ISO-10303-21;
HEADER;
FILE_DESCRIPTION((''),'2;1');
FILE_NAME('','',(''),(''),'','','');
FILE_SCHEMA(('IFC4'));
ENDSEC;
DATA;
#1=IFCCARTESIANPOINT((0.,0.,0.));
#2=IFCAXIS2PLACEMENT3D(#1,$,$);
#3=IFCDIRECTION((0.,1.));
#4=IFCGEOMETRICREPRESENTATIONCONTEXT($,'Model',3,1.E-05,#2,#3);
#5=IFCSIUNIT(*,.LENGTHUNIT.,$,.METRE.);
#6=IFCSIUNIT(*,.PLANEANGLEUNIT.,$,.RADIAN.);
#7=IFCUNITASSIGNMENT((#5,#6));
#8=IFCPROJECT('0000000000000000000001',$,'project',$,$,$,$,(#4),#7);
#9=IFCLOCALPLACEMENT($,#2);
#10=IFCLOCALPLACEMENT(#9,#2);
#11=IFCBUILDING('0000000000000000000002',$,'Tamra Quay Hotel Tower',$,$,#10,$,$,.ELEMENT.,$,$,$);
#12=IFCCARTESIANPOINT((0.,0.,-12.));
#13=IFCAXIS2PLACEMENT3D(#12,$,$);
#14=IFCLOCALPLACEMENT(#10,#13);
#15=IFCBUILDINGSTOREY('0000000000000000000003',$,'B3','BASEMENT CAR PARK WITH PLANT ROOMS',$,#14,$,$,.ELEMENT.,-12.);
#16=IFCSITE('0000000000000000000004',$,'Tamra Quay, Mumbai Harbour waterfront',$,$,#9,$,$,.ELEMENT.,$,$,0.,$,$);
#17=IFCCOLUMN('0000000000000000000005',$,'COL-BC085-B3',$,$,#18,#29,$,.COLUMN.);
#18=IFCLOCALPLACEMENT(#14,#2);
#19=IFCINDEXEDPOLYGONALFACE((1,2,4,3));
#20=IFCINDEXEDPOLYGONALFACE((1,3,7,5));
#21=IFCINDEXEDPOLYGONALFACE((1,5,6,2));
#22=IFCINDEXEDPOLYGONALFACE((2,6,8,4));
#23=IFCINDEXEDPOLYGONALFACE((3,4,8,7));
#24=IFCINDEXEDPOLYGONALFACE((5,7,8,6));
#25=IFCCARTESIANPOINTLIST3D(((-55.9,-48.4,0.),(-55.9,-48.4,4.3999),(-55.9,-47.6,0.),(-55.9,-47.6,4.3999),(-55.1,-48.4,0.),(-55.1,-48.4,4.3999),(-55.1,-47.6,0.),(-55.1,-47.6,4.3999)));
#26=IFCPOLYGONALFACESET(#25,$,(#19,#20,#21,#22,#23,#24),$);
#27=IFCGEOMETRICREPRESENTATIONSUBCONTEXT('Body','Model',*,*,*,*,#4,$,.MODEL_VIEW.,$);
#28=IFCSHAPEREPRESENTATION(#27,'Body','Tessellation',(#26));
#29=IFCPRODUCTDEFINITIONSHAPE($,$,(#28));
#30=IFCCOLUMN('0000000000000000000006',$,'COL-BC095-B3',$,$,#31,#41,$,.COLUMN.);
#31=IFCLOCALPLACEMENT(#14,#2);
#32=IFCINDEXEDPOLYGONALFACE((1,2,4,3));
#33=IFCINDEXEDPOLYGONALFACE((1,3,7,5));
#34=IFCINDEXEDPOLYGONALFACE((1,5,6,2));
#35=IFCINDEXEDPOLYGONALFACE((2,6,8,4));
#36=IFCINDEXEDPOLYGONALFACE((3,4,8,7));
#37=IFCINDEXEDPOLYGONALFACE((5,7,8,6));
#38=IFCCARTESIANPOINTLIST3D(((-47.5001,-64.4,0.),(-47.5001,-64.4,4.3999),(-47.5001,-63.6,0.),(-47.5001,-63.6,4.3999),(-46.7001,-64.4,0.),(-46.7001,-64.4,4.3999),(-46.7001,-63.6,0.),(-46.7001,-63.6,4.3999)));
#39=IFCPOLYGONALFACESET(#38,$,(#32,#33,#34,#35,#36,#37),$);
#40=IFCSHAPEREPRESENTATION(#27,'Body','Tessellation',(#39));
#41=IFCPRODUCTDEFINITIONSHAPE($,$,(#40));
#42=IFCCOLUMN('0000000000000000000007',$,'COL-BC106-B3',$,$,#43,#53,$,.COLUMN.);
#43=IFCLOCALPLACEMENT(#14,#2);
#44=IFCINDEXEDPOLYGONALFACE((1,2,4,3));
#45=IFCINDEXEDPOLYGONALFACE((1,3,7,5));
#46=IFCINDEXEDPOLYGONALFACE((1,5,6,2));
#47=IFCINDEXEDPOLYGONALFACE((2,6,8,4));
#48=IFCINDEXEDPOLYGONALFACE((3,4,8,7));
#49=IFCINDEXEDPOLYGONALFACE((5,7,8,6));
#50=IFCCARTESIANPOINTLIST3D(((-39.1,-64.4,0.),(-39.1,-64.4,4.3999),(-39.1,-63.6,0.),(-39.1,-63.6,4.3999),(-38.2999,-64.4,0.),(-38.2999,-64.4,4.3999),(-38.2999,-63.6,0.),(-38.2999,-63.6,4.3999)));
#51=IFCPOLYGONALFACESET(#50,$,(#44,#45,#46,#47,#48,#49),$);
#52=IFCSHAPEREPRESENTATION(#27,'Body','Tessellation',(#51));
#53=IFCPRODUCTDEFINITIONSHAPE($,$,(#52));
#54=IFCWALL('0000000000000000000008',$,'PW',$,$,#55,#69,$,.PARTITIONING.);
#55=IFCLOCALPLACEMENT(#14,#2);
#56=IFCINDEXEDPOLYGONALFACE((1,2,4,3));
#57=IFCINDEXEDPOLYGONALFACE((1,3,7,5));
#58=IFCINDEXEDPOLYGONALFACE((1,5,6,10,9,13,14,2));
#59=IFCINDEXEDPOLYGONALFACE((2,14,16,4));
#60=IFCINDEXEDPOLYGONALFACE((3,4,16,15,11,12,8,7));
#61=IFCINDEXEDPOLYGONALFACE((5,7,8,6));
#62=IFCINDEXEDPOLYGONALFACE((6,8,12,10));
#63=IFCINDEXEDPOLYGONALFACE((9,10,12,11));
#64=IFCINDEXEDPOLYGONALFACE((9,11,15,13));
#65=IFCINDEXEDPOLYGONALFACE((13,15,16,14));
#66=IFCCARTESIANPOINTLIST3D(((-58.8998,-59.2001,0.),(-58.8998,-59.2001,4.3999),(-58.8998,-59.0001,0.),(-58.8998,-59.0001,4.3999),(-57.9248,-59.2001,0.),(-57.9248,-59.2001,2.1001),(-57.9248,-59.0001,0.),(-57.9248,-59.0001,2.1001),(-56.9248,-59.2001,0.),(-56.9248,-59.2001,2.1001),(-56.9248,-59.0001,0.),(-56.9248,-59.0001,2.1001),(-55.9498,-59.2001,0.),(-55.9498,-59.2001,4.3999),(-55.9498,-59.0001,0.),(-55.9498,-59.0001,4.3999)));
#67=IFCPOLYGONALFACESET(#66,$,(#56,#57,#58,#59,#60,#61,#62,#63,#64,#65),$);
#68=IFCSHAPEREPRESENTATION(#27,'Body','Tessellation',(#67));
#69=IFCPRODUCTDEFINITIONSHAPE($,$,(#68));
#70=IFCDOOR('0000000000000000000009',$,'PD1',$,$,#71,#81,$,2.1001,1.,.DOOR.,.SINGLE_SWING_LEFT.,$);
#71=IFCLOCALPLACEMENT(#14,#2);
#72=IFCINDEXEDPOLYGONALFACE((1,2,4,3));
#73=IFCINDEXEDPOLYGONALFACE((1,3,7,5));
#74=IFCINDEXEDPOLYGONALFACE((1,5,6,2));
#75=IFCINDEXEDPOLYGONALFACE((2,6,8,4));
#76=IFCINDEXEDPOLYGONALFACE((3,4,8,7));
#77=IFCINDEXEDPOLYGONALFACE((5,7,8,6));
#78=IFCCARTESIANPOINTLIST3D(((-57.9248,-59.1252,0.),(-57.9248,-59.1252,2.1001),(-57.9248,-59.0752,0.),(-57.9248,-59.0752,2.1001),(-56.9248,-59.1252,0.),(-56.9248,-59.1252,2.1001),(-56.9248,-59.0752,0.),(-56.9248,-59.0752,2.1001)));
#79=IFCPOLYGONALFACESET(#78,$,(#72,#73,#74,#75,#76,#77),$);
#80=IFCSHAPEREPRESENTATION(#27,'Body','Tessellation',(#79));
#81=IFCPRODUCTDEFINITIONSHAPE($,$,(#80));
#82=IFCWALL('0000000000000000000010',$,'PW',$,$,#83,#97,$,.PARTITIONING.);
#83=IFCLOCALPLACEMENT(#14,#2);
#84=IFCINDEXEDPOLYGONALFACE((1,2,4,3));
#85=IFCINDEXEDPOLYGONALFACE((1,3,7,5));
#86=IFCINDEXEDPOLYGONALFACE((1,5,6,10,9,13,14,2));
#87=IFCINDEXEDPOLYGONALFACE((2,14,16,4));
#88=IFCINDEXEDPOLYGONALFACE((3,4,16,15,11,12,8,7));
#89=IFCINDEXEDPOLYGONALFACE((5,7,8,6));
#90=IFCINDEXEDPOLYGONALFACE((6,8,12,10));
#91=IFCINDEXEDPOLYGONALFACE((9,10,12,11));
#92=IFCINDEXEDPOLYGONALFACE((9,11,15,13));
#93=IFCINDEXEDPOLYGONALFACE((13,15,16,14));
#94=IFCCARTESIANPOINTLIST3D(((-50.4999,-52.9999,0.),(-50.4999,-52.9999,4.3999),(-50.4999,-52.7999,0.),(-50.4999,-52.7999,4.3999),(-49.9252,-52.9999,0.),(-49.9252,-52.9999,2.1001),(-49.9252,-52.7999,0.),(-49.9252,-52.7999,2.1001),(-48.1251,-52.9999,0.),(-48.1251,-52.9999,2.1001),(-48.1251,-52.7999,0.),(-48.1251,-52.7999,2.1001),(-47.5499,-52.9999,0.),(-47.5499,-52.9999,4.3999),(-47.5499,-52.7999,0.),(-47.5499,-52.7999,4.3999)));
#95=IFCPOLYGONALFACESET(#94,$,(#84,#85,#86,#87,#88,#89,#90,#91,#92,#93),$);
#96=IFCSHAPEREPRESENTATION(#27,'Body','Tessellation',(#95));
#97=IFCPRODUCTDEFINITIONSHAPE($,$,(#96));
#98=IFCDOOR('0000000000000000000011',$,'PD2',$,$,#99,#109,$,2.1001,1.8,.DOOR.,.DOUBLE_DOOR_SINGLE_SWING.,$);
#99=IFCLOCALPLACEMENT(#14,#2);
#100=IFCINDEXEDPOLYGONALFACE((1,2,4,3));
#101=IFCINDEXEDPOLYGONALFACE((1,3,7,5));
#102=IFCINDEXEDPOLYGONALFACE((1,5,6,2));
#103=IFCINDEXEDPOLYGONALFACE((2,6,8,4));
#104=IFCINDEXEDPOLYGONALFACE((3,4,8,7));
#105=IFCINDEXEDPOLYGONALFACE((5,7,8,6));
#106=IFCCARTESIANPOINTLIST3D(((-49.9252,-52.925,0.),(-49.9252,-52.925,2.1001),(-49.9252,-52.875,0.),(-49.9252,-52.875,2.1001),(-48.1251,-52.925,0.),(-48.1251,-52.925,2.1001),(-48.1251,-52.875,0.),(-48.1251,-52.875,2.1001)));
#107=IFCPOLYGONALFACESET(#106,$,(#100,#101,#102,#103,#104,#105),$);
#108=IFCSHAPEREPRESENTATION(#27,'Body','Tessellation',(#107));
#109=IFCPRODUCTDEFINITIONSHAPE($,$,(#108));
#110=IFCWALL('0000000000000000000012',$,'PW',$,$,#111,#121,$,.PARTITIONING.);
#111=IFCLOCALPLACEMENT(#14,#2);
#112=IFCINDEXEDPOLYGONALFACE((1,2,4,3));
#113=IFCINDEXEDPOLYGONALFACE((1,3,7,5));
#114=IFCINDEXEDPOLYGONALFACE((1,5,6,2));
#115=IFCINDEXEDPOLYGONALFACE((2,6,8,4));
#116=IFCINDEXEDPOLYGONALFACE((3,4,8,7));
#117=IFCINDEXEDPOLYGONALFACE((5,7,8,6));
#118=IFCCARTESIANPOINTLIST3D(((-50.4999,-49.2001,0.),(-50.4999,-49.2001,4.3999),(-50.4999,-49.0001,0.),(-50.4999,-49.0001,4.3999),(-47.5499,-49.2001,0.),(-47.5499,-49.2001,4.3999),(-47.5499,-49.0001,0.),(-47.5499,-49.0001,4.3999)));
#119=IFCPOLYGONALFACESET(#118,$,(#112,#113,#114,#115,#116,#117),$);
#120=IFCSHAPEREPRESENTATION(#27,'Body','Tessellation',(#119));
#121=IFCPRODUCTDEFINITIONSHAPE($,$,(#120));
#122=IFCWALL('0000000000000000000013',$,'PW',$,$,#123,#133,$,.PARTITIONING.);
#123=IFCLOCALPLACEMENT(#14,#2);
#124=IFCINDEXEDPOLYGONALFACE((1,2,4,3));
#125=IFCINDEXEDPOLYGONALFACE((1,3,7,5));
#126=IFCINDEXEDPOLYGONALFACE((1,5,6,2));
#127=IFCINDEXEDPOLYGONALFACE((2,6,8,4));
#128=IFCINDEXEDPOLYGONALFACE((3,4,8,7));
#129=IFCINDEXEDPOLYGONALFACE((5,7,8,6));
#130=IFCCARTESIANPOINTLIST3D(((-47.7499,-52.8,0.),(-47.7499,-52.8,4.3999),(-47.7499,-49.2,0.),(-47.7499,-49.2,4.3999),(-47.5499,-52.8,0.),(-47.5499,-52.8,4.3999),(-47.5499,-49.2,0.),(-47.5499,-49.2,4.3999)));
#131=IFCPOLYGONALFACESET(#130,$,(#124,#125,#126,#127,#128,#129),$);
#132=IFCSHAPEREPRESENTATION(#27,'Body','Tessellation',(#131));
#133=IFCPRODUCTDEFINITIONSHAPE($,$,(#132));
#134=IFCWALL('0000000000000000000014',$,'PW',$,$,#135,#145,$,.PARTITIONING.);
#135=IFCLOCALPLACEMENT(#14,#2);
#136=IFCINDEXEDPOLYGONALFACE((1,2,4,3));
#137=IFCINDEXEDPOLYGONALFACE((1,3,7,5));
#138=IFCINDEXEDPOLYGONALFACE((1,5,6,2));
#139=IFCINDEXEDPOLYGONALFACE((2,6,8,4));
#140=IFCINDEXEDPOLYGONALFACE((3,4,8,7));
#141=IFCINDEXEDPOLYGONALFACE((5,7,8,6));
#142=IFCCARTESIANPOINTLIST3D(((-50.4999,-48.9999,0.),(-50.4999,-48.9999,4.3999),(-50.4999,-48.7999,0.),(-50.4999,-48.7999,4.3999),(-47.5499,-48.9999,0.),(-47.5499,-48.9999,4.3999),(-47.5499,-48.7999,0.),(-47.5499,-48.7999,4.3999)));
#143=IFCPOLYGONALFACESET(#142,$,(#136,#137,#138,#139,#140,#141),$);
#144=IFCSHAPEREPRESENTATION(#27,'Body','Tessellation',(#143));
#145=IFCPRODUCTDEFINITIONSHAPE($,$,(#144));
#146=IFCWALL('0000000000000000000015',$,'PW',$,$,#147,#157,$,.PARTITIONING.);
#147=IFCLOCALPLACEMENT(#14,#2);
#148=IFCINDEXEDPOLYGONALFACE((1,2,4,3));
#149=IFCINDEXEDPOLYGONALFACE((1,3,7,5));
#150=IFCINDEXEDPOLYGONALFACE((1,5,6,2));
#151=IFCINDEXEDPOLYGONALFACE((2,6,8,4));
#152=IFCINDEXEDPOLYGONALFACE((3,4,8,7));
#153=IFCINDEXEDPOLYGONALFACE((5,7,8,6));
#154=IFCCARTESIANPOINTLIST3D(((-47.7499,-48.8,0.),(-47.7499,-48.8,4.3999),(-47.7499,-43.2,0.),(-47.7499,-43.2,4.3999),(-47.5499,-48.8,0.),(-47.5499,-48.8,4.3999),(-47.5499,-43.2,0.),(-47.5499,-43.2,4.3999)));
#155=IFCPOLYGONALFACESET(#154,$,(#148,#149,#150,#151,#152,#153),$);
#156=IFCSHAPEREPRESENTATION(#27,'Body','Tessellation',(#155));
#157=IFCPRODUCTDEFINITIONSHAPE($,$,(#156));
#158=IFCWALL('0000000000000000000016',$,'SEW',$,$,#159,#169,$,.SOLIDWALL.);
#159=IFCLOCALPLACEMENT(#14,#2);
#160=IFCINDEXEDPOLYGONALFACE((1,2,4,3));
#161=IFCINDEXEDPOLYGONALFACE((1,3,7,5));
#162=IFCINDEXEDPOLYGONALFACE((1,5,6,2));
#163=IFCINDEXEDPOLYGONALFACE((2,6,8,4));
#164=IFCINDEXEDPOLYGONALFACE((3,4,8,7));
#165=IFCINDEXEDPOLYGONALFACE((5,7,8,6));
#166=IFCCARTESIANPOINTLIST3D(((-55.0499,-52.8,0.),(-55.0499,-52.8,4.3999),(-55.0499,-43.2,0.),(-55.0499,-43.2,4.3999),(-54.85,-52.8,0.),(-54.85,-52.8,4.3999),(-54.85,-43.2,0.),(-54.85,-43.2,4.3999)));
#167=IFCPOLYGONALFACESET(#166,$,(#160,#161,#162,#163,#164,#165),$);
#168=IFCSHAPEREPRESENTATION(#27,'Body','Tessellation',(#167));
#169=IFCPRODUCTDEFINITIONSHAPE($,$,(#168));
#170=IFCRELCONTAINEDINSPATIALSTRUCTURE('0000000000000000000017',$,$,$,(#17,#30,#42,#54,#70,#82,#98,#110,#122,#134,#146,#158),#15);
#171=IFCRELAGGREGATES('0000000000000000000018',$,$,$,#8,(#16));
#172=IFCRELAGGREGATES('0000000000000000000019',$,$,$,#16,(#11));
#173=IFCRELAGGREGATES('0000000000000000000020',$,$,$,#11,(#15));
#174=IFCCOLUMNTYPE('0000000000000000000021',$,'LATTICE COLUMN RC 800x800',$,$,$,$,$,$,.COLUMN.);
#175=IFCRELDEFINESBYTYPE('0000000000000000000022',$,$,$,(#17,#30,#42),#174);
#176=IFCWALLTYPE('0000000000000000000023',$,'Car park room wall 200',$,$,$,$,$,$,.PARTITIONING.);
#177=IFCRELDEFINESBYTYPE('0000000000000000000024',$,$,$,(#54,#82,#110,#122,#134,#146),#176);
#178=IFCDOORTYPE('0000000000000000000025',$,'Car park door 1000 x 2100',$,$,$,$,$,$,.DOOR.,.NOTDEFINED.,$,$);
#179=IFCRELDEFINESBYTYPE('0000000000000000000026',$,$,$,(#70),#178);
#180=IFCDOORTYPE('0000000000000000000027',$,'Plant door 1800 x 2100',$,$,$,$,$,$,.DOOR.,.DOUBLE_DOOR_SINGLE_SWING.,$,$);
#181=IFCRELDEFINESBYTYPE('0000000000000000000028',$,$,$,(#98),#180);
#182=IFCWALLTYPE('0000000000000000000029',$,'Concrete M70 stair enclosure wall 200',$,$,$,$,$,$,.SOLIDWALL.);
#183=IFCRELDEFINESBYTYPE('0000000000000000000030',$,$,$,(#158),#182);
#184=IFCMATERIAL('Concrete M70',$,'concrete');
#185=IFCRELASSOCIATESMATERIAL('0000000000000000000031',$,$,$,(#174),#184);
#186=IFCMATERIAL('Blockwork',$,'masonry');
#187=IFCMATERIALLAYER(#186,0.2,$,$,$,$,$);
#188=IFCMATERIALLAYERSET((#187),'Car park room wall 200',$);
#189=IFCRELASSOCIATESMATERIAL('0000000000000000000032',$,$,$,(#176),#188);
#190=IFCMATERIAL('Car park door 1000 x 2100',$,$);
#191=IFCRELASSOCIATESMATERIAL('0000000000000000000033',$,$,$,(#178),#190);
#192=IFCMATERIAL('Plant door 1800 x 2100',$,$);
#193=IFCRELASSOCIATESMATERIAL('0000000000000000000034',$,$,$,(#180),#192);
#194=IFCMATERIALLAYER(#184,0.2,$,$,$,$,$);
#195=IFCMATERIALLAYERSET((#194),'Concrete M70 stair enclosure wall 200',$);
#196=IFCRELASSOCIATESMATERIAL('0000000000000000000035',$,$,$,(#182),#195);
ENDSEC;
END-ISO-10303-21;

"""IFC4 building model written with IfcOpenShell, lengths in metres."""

from ifc_helpers import new_model, si_unit, direction, frame, frame_2d, origin, origin_2d, place, context, subcontext, project, spatial, rectangle, extrude, material, layer, layer_set, material_profile, profile_set, type_object, element, fill, save


model = new_model("IFC4")

# Units and contexts
model_context = context("Model", 3, precision=1e-05, world=origin(), true_north=direction((0.0, 1.0)))
body_context = subcontext(model_context, "Body", "Model", "MODEL_VIEW")
ifc_project = project(units=[si_unit("LENGTHUNIT", "METRE"), si_unit("PLANEANGLEUNIT", "RADIAN")], contexts=[model_context])

# Site, building, storey
site_placement = place(None, origin())
site = spatial("IfcSite", under=ifc_project, at=site_placement, Name="Tamra Quay, Mumbai Harbour waterfront", CompositionType="ELEMENT", RefElevation=0.0)
building_placement = place(site_placement, origin())
building = spatial("IfcBuilding", under=site, at=building_placement, Name="Tamra Quay Hotel Tower", CompositionType="ELEMENT")
storey_placement = place(building_placement, frame((0.0, 0.0, -12.0)))
storey = spatial("IfcBuildingStorey", under=building, at=storey_placement, Name="B3", Description="BASEMENT CAR PARK WITH PLANT ROOMS", CompositionType="ELEMENT", Elevation=-12.0)

# Columns
ifc_material_1 = material(Name="Concrete M70", Category="concrete")
ifc_material_profile_1 = material_profile(ifc_material_1, rectangle(XDim=0.8, YDim=0.8, at=origin_2d()), Name="LATTICE COLUMN RC 800x800")
ifc_profile_set_1 = profile_set([ifc_material_profile_1], Name="Concrete M70")
column_type = type_object("IfcColumnType", Name="LATTICE COLUMN RC 800x800", PredefinedType="COLUMN", material=ifc_profile_set_1)
for number, where, z_axis, x_axis, name in (
    (1, (-55.5, -48.0, 0.0), (0.0, 0.0, 1.0), (1.0, 0.0, 0.0), "COL-BC085-B3"),
    (2, (-47.1001, -64.0, 0.0), (0.0, 0.0, 1.0), (1.0, 0.0, 0.0), "COL-BC095-B3"),
    (3, (-38.7, -64.0, 0.0), (0.0, 0.0, 1.0), (1.0, 0.0, 0.0), "COL-BC106-B3"),
):
    element("IfcColumn", number, at=place(storey_placement, frame(where, z_axis=z_axis, x_axis=x_axis)), inside=storey, type_object=column_type, Name=name, PredefinedType="COLUMN", context=body_context, shape_type="SweptSolid", body=[
        extrude(rectangle(XDim=0.8, YDim=0.8, at=origin_2d()), origin(), (0.0, 0.0, 1.0), 4.3999),
    ])

# Walls, openings, doors
ifc_material_2 = material(Name="Blockwork", Category="masonry")
ifc_layer_1 = layer(ifc_material_2, 0.2)
ifc_layer_set_1 = layer_set([ifc_layer_1], Name="Car park room wall 200")
wall_type_1 = type_object("IfcWallType", Name="Car park room wall 200", PredefinedType="PARTITIONING", material=ifc_layer_set_1)
wall_1_placement = place(storey_placement, frame((-58.8999, -59.1001, 0.0), z_axis=(0.0, 0.0, 1.0), x_axis=(1.0, 0.0, 0.0)))
wall_1 = element("IfcWall", 4, at=wall_1_placement, inside=storey, type_object=wall_type_1, Name="PW", PredefinedType="PARTITIONING", context=body_context, shape_type="SweptSolid", body=[
    extrude(rectangle(XDim=2.95, YDim=0.2, at=frame_2d((1.4751, 0.0))), origin(), (0.0, 0.0, 1.0), 4.3999),
])
opening_1_placement = place(wall_1_placement, frame((0.9751, 0.0, 0.0)))
opening_1 = element("IfcOpeningElement", 5, at=opening_1_placement, cuts=wall_1, PredefinedType="OPENING", context=body_context, shape_type="SweptSolid", body=[
    extrude(rectangle(XDim=1.0, YDim=2.1001, at=frame_2d((0.5, 1.05))), frame((0.0, 0.1099, 0.0), z_axis=(0.0, -1.0, 0.0), x_axis=(1.0, 0.0, 0.0)), (0.0, 0.0, 1.0), 0.22),
])
ifc_material_3 = material(Name="Car park door 1000 x 2100")
door_type_1 = type_object("IfcDoorType", Name="Car park door 1000 x 2100", OperationType="NOTDEFINED", PredefinedType="DOOR", material=ifc_material_3)
door_1_placement = place(opening_1_placement, origin())
door_1 = element("IfcDoor", 6, at=door_1_placement, inside=storey, type_object=door_type_1, Name="PD1", OperationType="SINGLE_SWING_LEFT", OverallHeight=2.1001, OverallWidth=1.0, PredefinedType="DOOR", context=body_context, shape_type="SweptSolid", body=[
    extrude(rectangle(XDim=1.0, YDim=2.1001, at=frame_2d((0.5, 1.05))), frame((0.0, 0.0249, 0.0), z_axis=(0.0, -1.0, 0.0), x_axis=(1.0, 0.0, 0.0)), (0.0, 0.0, 1.0), 0.05),
])
fill(opening_1, door_1)
wall_2_placement = place(storey_placement, frame((-50.5, -52.8999, 0.0), z_axis=(0.0, 0.0, 1.0), x_axis=(1.0, 0.0, 0.0)))
wall_2 = element("IfcWall", 7, at=wall_2_placement, inside=storey, type_object=wall_type_1, Name="PW", PredefinedType="PARTITIONING", context=body_context, shape_type="SweptSolid", body=[
    extrude(rectangle(XDim=2.95, YDim=0.2, at=frame_2d((1.4751, 0.0))), origin(), (0.0, 0.0, 1.0), 4.3999),
])
opening_2_placement = place(wall_2_placement, frame((0.575, 0.0, 0.0)))
opening_2 = element("IfcOpeningElement", 8, at=opening_2_placement, cuts=wall_2, PredefinedType="OPENING", context=body_context, shape_type="SweptSolid", body=[
    extrude(rectangle(XDim=1.8, YDim=2.1001, at=frame_2d((0.8999, 1.05))), frame((0.0, 0.1099, 0.0), z_axis=(0.0, -1.0, 0.0), x_axis=(1.0, 0.0, 0.0)), (0.0, 0.0, 1.0), 0.22),
])
ifc_material_4 = material(Name="Plant door 1800 x 2100")
door_type_2 = type_object("IfcDoorType", Name="Plant door 1800 x 2100", OperationType="DOUBLE_DOOR_SINGLE_SWING", PredefinedType="DOOR", material=ifc_material_4)
door_2_placement = place(opening_2_placement, origin())
door_2 = element("IfcDoor", 9, at=door_2_placement, inside=storey, type_object=door_type_2, Name="PD2", OperationType="DOUBLE_DOOR_SINGLE_SWING", OverallHeight=2.1001, OverallWidth=1.8, PredefinedType="DOOR", context=body_context, shape_type="SweptSolid", body=[
    extrude(rectangle(XDim=1.8, YDim=2.1001, at=frame_2d((0.8999, 1.05))), frame((0.0, 0.0249, 0.0), z_axis=(0.0, -1.0, 0.0), x_axis=(1.0, 0.0, 0.0)), (0.0, 0.0, 1.0), 0.05),
])
fill(opening_2, door_2)

# Walls
wall_3_placement = place(storey_placement, frame((-50.5, -49.1001, 0.0), z_axis=(0.0, 0.0, 1.0), x_axis=(1.0, 0.0, 0.0)))
element("IfcWall", 10, at=wall_3_placement, inside=storey, type_object=wall_type_1, Name="PW", PredefinedType="PARTITIONING", context=body_context, shape_type="SweptSolid", body=[
    extrude(rectangle(XDim=2.95, YDim=0.2, at=frame_2d((1.4751, 0.0))), origin(), (0.0, 0.0, 1.0), 4.3999),
])
wall_4_placement = place(storey_placement, frame((-47.6499, -52.8, 0.0), z_axis=(0.0, 0.0, 1.0), x_axis=(0.0, 1.0, 0.0)))
element("IfcWall", 11, at=wall_4_placement, inside=storey, type_object=wall_type_1, Name="PW", PredefinedType="PARTITIONING", context=body_context, shape_type="SweptSolid", body=[
    extrude(rectangle(XDim=3.6001, YDim=0.2, at=frame_2d((1.8, 0.0))), origin(), (0.0, 0.0, 1.0), 4.3999),
])
wall_5_placement = place(storey_placement, frame((-50.5, -48.8999, 0.0), z_axis=(0.0, 0.0, 1.0), x_axis=(1.0, 0.0, 0.0)))
element("IfcWall", 12, at=wall_5_placement, inside=storey, type_object=wall_type_1, Name="PW", PredefinedType="PARTITIONING", context=body_context, shape_type="SweptSolid", body=[
    extrude(rectangle(XDim=2.95, YDim=0.2, at=frame_2d((1.4751, 0.0))), origin(), (0.0, 0.0, 1.0), 4.3999),
])
wall_6_placement = place(storey_placement, frame((-47.6499, -48.8, 0.0), z_axis=(0.0, 0.0, 1.0), x_axis=(0.0, 1.0, 0.0)))
element("IfcWall", 13, at=wall_6_placement, inside=storey, type_object=wall_type_1, Name="PW", PredefinedType="PARTITIONING", context=body_context, shape_type="SweptSolid", body=[
    extrude(rectangle(XDim=5.6001, YDim=0.2, at=frame_2d((2.8, 0.0))), origin(), (0.0, 0.0, 1.0), 4.3999),
])
ifc_layer_2 = layer(ifc_material_1, 0.2)
ifc_layer_set_2 = layer_set([ifc_layer_2], Name="Concrete M70 stair enclosure wall 200")
wall_type_2 = type_object("IfcWallType", Name="Concrete M70 stair enclosure wall 200", PredefinedType="SOLIDWALL", material=ifc_layer_set_2)
wall_7_placement = place(storey_placement, frame((-54.95, -52.8, 0.0), z_axis=(0.0, 0.0, 1.0), x_axis=(0.0, 1.0, 0.0)))
element("IfcWall", 14, at=wall_7_placement, inside=storey, type_object=wall_type_2, Name="SEW", PredefinedType="SOLIDWALL", context=body_context, shape_type="SweptSolid", body=[
    extrude(rectangle(XDim=9.6001, YDim=0.2, at=frame_2d((4.8, 0.0))), origin(), (0.0, 0.0, 1.0), 4.3999),
])

save(model, "model.ifc")
